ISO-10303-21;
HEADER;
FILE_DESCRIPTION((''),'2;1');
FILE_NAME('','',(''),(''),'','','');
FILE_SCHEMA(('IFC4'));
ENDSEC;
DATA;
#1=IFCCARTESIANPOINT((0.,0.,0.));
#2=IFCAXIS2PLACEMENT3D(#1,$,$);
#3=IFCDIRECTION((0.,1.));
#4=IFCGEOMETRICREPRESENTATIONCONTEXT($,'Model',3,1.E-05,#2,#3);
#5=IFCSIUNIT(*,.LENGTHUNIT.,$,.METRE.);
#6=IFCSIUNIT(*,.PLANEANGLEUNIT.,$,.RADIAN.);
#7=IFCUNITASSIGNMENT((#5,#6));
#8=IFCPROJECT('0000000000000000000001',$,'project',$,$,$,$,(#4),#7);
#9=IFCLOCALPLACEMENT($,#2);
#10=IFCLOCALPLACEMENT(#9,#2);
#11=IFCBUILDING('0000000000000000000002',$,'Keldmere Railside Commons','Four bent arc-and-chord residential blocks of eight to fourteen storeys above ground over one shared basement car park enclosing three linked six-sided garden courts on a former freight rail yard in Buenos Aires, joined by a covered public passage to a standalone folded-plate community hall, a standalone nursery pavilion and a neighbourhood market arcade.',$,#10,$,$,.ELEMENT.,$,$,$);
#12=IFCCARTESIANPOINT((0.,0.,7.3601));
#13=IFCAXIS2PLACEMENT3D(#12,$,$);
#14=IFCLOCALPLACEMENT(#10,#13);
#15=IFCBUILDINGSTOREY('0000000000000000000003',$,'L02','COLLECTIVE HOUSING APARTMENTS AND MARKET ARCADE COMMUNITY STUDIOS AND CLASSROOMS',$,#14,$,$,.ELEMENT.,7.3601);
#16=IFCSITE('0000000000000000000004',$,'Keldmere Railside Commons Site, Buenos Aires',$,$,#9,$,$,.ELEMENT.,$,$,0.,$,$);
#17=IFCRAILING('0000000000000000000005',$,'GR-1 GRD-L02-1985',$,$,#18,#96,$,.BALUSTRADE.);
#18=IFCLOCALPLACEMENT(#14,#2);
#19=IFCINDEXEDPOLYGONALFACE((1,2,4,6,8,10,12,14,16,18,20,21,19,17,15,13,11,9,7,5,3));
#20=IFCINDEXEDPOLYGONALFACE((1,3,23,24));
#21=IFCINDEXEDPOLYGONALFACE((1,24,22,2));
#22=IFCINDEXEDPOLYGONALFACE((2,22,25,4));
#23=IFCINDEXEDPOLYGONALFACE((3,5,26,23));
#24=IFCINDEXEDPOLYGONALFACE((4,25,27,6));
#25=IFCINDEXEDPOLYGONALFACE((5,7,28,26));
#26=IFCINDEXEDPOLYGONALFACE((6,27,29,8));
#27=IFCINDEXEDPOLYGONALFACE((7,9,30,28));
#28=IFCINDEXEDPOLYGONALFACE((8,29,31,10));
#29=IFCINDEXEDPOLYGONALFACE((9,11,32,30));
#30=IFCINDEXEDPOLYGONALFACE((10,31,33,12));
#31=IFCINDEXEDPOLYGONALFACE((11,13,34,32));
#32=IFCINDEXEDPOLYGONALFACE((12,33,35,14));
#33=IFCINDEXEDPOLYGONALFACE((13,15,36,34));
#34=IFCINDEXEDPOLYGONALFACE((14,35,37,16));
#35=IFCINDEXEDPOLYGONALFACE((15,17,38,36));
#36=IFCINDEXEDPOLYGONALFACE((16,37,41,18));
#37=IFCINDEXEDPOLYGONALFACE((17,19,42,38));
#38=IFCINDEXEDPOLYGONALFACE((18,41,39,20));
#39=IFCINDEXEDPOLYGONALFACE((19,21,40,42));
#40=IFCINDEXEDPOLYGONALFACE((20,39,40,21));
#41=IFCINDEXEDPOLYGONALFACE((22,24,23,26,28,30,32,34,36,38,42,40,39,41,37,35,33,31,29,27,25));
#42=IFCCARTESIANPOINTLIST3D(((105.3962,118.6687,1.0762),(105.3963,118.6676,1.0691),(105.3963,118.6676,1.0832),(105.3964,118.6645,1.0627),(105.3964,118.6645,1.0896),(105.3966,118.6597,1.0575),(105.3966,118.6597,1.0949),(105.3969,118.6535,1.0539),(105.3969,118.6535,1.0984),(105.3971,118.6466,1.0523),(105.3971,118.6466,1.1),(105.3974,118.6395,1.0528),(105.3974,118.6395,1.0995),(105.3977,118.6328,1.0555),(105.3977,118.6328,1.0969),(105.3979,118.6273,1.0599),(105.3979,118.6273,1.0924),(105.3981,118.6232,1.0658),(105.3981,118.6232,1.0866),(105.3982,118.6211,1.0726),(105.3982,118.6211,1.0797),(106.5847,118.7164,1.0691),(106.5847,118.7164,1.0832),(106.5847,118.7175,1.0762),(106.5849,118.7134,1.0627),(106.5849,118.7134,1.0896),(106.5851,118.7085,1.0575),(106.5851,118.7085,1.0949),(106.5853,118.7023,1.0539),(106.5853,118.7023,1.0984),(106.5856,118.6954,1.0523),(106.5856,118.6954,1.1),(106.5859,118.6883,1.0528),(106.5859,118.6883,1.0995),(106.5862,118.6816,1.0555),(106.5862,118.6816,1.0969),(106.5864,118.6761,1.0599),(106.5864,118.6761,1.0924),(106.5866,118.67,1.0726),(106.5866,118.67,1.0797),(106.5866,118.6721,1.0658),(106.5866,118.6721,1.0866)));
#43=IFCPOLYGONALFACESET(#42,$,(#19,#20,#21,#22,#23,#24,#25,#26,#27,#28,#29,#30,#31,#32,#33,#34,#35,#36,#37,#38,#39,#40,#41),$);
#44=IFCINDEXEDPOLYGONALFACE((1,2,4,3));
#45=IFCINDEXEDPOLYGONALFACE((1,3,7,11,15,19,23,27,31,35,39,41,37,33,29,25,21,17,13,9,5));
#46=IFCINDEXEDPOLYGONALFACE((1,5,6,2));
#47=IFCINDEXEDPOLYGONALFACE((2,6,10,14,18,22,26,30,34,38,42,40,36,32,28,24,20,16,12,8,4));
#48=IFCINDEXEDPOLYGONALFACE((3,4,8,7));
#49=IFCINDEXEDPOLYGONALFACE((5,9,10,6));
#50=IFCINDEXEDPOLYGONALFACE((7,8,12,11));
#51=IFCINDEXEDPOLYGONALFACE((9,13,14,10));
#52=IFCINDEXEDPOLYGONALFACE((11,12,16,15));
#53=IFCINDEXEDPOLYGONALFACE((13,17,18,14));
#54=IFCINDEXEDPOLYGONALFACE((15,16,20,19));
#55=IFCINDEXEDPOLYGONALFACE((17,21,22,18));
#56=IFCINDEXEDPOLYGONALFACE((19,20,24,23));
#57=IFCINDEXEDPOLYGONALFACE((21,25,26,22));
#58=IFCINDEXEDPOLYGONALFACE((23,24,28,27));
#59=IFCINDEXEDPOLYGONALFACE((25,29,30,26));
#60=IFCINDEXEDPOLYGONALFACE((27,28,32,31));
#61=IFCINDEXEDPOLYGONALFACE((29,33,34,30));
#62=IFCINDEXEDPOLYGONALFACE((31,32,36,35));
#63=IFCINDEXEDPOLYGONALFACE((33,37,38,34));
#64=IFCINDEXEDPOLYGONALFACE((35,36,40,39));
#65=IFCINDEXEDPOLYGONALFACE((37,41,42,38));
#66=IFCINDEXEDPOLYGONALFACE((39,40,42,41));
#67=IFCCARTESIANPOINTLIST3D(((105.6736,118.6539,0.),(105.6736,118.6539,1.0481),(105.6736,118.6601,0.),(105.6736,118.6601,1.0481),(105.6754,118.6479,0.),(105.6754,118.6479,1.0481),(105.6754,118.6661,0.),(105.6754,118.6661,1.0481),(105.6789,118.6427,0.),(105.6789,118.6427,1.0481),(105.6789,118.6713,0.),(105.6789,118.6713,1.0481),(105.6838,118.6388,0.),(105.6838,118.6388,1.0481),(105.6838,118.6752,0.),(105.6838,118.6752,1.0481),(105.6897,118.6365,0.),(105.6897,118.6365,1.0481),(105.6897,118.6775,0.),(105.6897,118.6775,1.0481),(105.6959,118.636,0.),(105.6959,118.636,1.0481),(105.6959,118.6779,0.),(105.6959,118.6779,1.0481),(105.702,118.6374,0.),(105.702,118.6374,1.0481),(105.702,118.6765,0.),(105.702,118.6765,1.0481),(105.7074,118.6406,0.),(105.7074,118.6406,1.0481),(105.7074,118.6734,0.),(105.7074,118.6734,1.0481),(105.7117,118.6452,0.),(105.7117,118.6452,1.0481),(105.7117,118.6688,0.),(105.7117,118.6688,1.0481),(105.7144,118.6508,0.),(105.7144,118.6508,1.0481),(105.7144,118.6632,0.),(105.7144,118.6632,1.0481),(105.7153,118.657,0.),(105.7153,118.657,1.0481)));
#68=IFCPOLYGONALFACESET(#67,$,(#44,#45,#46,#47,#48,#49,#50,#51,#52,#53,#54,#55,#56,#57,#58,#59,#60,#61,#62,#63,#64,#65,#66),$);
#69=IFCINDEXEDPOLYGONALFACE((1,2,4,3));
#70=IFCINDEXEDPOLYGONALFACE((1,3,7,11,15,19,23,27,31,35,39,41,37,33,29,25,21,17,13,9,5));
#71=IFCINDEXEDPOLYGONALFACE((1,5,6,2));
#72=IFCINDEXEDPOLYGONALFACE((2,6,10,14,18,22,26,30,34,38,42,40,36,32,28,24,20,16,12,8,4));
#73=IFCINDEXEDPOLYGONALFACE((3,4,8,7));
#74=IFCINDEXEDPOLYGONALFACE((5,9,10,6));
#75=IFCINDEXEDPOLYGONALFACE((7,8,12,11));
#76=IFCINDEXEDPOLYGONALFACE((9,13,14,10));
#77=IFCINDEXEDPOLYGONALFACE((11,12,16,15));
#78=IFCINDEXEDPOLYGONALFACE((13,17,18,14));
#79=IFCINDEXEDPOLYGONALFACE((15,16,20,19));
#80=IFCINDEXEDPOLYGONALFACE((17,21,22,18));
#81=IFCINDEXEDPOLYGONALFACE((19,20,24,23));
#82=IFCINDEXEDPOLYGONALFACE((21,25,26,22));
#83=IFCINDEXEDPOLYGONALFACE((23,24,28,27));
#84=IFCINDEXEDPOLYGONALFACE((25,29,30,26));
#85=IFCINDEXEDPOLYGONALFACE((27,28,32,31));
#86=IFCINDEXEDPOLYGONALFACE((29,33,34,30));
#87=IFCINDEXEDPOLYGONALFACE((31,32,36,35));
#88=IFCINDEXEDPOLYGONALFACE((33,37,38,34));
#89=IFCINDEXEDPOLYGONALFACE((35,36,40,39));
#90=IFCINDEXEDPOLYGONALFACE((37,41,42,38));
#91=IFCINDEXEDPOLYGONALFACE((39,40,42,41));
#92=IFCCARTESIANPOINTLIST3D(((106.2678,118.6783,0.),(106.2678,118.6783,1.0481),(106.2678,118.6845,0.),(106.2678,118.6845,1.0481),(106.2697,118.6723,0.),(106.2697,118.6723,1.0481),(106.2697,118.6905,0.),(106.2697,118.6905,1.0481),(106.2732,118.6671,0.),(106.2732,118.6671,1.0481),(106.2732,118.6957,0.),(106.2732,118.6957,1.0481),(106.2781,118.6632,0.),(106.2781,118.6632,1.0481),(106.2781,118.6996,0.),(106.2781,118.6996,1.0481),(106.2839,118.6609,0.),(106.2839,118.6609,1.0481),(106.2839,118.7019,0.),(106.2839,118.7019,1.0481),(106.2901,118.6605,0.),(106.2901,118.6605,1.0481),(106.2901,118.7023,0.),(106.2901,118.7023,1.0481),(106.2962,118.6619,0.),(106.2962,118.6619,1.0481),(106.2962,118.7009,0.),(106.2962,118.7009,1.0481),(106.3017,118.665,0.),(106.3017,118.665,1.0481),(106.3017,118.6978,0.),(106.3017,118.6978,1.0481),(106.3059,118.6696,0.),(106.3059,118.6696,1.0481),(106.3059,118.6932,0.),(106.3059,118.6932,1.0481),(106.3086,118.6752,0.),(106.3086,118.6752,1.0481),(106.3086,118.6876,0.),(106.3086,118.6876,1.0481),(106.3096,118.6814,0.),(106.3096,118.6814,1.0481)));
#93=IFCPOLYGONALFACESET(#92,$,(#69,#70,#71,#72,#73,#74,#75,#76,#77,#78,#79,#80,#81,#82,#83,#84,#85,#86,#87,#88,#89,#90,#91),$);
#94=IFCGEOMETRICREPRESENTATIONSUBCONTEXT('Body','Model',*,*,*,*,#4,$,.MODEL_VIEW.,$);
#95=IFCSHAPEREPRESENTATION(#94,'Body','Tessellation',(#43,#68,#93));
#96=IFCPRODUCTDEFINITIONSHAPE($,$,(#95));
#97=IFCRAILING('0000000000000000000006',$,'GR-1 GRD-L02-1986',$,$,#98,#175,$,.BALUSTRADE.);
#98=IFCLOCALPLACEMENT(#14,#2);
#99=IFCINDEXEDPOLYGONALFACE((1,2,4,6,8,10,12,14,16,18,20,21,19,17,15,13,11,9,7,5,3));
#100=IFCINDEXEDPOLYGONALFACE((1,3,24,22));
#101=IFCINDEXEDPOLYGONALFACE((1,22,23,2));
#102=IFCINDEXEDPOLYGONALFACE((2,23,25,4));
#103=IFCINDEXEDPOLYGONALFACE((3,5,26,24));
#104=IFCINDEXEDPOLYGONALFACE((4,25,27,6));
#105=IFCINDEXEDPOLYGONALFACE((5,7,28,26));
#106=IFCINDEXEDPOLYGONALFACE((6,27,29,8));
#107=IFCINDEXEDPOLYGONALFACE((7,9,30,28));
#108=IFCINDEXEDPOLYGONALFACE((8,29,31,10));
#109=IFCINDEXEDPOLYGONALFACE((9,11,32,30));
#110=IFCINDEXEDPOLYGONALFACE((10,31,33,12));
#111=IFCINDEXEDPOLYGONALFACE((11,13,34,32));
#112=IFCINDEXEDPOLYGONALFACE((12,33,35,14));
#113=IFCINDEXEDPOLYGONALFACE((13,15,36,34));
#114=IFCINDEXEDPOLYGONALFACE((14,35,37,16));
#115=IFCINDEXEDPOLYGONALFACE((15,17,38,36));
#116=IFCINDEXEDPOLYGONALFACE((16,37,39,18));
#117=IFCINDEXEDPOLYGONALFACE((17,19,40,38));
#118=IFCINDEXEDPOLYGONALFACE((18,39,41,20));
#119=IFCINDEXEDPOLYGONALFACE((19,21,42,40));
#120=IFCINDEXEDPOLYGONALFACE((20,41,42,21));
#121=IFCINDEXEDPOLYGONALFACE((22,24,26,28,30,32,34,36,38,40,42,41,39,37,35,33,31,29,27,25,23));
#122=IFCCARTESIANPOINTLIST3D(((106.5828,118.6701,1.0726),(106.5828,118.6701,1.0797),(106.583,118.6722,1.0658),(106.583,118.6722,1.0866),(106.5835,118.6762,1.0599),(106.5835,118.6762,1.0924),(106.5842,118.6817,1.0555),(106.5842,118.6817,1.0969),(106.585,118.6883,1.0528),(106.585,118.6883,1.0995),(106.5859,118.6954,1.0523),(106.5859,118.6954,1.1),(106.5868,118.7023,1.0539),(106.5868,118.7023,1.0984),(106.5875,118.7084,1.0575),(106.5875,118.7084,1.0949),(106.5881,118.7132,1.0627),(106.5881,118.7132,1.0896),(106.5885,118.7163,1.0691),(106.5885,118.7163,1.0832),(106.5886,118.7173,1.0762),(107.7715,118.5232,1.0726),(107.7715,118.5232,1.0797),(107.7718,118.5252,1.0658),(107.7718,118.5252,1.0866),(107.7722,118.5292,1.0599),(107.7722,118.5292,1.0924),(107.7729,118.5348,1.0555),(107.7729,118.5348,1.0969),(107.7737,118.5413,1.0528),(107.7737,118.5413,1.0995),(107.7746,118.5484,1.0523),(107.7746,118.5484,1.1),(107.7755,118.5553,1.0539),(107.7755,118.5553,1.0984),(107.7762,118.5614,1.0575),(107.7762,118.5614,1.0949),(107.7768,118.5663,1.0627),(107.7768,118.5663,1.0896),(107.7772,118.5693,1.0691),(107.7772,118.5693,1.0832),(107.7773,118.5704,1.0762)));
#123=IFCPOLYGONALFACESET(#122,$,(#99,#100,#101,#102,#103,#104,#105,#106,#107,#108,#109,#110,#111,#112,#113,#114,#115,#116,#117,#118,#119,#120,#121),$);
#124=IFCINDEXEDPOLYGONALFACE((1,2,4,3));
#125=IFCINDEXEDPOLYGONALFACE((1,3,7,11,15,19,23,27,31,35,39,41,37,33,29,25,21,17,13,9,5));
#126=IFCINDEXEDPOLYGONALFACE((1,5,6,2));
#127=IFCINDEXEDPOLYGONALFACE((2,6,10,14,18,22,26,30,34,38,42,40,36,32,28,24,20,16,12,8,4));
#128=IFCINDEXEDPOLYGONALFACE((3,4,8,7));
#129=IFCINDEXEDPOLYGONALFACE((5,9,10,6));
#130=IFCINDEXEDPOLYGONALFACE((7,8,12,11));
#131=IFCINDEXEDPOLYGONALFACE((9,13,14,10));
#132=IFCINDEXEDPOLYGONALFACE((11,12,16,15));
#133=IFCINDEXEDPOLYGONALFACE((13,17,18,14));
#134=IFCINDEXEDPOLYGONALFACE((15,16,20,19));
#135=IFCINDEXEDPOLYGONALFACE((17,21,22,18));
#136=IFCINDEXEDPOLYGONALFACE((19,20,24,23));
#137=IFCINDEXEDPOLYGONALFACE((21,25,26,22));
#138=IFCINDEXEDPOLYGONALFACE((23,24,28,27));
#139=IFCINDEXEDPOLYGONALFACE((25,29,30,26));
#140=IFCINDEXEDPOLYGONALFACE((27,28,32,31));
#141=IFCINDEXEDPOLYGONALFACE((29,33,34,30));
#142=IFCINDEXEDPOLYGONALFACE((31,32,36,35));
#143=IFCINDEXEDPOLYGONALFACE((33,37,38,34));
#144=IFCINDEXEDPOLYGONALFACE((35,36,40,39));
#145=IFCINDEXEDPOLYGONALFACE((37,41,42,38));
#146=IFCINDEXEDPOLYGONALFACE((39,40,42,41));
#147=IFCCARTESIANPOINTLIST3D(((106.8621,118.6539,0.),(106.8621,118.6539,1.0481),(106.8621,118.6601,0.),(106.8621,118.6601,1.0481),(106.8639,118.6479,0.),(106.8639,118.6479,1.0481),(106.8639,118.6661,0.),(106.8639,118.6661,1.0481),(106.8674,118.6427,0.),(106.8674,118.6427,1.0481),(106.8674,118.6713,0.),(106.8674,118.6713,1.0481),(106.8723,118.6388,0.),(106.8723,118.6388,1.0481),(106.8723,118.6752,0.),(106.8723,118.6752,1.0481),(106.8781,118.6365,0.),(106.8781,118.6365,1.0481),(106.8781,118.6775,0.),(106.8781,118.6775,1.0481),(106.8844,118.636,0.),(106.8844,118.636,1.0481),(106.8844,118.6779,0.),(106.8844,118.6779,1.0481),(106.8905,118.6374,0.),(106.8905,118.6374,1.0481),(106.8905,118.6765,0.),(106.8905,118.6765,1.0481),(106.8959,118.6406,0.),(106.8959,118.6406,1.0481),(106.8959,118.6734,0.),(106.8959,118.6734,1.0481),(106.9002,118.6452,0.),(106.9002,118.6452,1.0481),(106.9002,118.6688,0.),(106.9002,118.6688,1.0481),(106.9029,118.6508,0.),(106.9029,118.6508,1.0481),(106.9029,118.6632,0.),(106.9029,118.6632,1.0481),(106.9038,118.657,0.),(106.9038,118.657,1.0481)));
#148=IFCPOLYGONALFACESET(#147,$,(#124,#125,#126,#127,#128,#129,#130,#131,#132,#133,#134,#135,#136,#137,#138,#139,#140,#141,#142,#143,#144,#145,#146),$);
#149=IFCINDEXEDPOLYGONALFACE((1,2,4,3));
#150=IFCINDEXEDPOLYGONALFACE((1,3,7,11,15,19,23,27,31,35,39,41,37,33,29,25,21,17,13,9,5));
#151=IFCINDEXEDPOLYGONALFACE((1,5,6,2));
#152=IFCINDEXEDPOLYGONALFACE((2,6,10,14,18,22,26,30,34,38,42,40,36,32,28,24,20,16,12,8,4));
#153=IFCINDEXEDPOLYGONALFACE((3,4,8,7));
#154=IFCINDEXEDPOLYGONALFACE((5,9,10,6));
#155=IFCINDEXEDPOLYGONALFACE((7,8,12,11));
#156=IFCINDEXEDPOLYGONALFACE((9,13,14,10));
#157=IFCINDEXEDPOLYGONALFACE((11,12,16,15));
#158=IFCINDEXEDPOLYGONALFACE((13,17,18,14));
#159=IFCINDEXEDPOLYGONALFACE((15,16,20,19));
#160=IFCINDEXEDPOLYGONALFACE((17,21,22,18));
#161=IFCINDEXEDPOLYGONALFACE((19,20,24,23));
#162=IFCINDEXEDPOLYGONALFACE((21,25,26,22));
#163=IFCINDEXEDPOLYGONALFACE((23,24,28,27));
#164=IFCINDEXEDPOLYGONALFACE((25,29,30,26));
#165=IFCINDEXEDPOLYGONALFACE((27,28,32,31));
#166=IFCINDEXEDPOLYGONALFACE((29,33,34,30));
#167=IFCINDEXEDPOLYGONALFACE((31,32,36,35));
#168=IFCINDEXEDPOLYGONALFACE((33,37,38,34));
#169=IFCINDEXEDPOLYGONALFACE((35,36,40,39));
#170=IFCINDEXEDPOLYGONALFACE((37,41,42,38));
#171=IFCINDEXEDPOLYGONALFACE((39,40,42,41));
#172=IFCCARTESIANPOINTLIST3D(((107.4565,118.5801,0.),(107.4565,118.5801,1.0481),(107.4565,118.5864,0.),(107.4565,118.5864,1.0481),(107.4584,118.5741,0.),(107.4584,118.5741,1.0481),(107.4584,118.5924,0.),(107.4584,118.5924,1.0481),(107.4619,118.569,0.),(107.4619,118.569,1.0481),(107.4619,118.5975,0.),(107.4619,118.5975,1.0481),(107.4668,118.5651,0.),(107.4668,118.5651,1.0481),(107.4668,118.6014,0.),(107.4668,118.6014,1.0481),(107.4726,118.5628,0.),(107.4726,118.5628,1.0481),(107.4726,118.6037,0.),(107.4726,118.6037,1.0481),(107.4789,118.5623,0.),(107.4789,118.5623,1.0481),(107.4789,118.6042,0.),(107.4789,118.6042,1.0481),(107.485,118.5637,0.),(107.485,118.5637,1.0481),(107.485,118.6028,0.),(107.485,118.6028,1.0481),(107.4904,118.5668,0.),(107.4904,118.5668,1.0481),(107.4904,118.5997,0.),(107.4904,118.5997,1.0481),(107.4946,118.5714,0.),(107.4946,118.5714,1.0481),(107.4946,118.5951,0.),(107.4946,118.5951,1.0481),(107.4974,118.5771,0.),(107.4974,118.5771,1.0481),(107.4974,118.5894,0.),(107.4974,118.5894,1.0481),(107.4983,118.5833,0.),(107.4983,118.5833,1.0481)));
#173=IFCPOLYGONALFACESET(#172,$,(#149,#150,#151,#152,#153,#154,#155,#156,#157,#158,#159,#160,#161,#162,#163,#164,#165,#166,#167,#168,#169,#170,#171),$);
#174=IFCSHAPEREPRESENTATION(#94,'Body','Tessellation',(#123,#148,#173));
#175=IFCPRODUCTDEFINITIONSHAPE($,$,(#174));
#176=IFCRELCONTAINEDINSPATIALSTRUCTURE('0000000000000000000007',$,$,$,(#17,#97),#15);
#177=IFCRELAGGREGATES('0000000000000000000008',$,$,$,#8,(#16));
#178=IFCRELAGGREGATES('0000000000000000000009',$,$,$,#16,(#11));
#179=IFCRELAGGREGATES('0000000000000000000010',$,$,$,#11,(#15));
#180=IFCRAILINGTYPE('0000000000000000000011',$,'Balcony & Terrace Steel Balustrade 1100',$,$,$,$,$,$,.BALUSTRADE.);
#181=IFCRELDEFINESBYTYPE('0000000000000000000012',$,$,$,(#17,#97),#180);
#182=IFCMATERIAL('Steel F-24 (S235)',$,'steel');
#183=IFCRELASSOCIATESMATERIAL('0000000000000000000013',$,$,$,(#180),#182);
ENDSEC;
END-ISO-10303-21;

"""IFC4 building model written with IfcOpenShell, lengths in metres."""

from ifc_helpers import new_model, si_unit, direction, frame, origin, origin_2d, place, context, subcontext, project, spatial, circle, extrude, material, type_object, element, save


model = new_model("IFC4")

# Units and contexts
model_context = context("Model", 3, precision=1e-05, world=origin(), true_north=direction((0.0, 1.0)))
body_context = subcontext(model_context, "Body", "Model", "MODEL_VIEW")
ifc_project = project(units=[si_unit("LENGTHUNIT", "METRE"), si_unit("PLANEANGLEUNIT", "RADIAN")], contexts=[model_context])

# Site, building, storey
site_placement = place(None, origin())
site = spatial("IfcSite", under=ifc_project, at=site_placement, Name="Keldmere Railside Commons Site, Buenos Aires", CompositionType="ELEMENT", RefElevation=0.0)
building_placement = place(site_placement, origin())
building = spatial("IfcBuilding", under=site, at=building_placement, Name="Keldmere Railside Commons", Description="Four bent arc-and-chord residential blocks of eight to fourteen storeys above ground over one shared basement car park enclosing three linked six-sided garden courts on a former freight rail yard in Buenos Aires, joined by a covered public passage to a standalone folded-plate community hall, a standalone nursery pavilion and a neighbourhood market arcade.", CompositionType="ELEMENT")
storey_placement = place(building_placement, frame((0.0, 0.0, 7.3601)))
storey = spatial("IfcBuildingStorey", under=building, at=storey_placement, Name="L02", Description="COLLECTIVE HOUSING APARTMENTS AND MARKET ARCADE COMMUNITY STUDIOS AND CLASSROOMS", CompositionType="ELEMENT", Elevation=7.3601)

# Railings
ifc_material_1 = material(Name="Steel F-24 (S235)", Category="steel")
railing_type = type_object("IfcRailingType", Name="Balcony & Terrace Steel Balustrade 1100", PredefinedType="BALUSTRADE", material=ifc_material_1)
railing_1_placement = place(storey_placement, frame((105.3972, 118.6448, 0.0)))
element("IfcRailing", 1, at=railing_1_placement, inside=storey, type_object=railing_type, Name="GR-1 GRD-L02-1985", PredefinedType="BALUSTRADE", context=body_context, shape_type="SweptSolid", body=[
    extrude(circle(Radius=0.0239, at=origin_2d()), frame((0.0, 0.0, 1.0762), z_axis=(0.999157, 0.04105, 0.0), x_axis=(-0.04105, 0.999157, 0.0)), (0.0, 0.0, 1.0), 1.1895),
    extrude(circle(Radius=0.021, at=origin_2d()), frame((0.2971, 0.0122, 0.0)), (0.0, 0.0, 1.0), 1.0481),
    extrude(circle(Radius=0.021, at=origin_2d()), frame((0.8914, 0.0366, 0.0)), (0.0, 0.0, 1.0), 1.0481),
])
railing_2_placement = place(storey_placement, frame((106.5857, 118.6936, 0.0)))
element("IfcRailing", 2, at=railing_2_placement, inside=storey, type_object=railing_type, Name="GR-1 GRD-L02-1986", PredefinedType="BALUSTRADE", context=body_context, shape_type="SweptSolid", body=[
    extrude(circle(Radius=0.0239, at=origin_2d()), frame((0.0, 0.0, 1.0762), z_axis=(0.992443, -0.122705, 0.0), x_axis=(0.122705, 0.992443, 0.0)), (0.0, 0.0, 1.0), 1.1978),
    extrude(circle(Radius=0.021, at=origin_2d()), frame((0.2971, -0.0366, 0.0)), (0.0, 0.0, 1.0), 1.0481),
    extrude(circle(Radius=0.021, at=origin_2d()), frame((0.8916, -0.1104, 0.0)), (0.0, 0.0, 1.0), 1.0481),
])

save(model, "model.ifc")
